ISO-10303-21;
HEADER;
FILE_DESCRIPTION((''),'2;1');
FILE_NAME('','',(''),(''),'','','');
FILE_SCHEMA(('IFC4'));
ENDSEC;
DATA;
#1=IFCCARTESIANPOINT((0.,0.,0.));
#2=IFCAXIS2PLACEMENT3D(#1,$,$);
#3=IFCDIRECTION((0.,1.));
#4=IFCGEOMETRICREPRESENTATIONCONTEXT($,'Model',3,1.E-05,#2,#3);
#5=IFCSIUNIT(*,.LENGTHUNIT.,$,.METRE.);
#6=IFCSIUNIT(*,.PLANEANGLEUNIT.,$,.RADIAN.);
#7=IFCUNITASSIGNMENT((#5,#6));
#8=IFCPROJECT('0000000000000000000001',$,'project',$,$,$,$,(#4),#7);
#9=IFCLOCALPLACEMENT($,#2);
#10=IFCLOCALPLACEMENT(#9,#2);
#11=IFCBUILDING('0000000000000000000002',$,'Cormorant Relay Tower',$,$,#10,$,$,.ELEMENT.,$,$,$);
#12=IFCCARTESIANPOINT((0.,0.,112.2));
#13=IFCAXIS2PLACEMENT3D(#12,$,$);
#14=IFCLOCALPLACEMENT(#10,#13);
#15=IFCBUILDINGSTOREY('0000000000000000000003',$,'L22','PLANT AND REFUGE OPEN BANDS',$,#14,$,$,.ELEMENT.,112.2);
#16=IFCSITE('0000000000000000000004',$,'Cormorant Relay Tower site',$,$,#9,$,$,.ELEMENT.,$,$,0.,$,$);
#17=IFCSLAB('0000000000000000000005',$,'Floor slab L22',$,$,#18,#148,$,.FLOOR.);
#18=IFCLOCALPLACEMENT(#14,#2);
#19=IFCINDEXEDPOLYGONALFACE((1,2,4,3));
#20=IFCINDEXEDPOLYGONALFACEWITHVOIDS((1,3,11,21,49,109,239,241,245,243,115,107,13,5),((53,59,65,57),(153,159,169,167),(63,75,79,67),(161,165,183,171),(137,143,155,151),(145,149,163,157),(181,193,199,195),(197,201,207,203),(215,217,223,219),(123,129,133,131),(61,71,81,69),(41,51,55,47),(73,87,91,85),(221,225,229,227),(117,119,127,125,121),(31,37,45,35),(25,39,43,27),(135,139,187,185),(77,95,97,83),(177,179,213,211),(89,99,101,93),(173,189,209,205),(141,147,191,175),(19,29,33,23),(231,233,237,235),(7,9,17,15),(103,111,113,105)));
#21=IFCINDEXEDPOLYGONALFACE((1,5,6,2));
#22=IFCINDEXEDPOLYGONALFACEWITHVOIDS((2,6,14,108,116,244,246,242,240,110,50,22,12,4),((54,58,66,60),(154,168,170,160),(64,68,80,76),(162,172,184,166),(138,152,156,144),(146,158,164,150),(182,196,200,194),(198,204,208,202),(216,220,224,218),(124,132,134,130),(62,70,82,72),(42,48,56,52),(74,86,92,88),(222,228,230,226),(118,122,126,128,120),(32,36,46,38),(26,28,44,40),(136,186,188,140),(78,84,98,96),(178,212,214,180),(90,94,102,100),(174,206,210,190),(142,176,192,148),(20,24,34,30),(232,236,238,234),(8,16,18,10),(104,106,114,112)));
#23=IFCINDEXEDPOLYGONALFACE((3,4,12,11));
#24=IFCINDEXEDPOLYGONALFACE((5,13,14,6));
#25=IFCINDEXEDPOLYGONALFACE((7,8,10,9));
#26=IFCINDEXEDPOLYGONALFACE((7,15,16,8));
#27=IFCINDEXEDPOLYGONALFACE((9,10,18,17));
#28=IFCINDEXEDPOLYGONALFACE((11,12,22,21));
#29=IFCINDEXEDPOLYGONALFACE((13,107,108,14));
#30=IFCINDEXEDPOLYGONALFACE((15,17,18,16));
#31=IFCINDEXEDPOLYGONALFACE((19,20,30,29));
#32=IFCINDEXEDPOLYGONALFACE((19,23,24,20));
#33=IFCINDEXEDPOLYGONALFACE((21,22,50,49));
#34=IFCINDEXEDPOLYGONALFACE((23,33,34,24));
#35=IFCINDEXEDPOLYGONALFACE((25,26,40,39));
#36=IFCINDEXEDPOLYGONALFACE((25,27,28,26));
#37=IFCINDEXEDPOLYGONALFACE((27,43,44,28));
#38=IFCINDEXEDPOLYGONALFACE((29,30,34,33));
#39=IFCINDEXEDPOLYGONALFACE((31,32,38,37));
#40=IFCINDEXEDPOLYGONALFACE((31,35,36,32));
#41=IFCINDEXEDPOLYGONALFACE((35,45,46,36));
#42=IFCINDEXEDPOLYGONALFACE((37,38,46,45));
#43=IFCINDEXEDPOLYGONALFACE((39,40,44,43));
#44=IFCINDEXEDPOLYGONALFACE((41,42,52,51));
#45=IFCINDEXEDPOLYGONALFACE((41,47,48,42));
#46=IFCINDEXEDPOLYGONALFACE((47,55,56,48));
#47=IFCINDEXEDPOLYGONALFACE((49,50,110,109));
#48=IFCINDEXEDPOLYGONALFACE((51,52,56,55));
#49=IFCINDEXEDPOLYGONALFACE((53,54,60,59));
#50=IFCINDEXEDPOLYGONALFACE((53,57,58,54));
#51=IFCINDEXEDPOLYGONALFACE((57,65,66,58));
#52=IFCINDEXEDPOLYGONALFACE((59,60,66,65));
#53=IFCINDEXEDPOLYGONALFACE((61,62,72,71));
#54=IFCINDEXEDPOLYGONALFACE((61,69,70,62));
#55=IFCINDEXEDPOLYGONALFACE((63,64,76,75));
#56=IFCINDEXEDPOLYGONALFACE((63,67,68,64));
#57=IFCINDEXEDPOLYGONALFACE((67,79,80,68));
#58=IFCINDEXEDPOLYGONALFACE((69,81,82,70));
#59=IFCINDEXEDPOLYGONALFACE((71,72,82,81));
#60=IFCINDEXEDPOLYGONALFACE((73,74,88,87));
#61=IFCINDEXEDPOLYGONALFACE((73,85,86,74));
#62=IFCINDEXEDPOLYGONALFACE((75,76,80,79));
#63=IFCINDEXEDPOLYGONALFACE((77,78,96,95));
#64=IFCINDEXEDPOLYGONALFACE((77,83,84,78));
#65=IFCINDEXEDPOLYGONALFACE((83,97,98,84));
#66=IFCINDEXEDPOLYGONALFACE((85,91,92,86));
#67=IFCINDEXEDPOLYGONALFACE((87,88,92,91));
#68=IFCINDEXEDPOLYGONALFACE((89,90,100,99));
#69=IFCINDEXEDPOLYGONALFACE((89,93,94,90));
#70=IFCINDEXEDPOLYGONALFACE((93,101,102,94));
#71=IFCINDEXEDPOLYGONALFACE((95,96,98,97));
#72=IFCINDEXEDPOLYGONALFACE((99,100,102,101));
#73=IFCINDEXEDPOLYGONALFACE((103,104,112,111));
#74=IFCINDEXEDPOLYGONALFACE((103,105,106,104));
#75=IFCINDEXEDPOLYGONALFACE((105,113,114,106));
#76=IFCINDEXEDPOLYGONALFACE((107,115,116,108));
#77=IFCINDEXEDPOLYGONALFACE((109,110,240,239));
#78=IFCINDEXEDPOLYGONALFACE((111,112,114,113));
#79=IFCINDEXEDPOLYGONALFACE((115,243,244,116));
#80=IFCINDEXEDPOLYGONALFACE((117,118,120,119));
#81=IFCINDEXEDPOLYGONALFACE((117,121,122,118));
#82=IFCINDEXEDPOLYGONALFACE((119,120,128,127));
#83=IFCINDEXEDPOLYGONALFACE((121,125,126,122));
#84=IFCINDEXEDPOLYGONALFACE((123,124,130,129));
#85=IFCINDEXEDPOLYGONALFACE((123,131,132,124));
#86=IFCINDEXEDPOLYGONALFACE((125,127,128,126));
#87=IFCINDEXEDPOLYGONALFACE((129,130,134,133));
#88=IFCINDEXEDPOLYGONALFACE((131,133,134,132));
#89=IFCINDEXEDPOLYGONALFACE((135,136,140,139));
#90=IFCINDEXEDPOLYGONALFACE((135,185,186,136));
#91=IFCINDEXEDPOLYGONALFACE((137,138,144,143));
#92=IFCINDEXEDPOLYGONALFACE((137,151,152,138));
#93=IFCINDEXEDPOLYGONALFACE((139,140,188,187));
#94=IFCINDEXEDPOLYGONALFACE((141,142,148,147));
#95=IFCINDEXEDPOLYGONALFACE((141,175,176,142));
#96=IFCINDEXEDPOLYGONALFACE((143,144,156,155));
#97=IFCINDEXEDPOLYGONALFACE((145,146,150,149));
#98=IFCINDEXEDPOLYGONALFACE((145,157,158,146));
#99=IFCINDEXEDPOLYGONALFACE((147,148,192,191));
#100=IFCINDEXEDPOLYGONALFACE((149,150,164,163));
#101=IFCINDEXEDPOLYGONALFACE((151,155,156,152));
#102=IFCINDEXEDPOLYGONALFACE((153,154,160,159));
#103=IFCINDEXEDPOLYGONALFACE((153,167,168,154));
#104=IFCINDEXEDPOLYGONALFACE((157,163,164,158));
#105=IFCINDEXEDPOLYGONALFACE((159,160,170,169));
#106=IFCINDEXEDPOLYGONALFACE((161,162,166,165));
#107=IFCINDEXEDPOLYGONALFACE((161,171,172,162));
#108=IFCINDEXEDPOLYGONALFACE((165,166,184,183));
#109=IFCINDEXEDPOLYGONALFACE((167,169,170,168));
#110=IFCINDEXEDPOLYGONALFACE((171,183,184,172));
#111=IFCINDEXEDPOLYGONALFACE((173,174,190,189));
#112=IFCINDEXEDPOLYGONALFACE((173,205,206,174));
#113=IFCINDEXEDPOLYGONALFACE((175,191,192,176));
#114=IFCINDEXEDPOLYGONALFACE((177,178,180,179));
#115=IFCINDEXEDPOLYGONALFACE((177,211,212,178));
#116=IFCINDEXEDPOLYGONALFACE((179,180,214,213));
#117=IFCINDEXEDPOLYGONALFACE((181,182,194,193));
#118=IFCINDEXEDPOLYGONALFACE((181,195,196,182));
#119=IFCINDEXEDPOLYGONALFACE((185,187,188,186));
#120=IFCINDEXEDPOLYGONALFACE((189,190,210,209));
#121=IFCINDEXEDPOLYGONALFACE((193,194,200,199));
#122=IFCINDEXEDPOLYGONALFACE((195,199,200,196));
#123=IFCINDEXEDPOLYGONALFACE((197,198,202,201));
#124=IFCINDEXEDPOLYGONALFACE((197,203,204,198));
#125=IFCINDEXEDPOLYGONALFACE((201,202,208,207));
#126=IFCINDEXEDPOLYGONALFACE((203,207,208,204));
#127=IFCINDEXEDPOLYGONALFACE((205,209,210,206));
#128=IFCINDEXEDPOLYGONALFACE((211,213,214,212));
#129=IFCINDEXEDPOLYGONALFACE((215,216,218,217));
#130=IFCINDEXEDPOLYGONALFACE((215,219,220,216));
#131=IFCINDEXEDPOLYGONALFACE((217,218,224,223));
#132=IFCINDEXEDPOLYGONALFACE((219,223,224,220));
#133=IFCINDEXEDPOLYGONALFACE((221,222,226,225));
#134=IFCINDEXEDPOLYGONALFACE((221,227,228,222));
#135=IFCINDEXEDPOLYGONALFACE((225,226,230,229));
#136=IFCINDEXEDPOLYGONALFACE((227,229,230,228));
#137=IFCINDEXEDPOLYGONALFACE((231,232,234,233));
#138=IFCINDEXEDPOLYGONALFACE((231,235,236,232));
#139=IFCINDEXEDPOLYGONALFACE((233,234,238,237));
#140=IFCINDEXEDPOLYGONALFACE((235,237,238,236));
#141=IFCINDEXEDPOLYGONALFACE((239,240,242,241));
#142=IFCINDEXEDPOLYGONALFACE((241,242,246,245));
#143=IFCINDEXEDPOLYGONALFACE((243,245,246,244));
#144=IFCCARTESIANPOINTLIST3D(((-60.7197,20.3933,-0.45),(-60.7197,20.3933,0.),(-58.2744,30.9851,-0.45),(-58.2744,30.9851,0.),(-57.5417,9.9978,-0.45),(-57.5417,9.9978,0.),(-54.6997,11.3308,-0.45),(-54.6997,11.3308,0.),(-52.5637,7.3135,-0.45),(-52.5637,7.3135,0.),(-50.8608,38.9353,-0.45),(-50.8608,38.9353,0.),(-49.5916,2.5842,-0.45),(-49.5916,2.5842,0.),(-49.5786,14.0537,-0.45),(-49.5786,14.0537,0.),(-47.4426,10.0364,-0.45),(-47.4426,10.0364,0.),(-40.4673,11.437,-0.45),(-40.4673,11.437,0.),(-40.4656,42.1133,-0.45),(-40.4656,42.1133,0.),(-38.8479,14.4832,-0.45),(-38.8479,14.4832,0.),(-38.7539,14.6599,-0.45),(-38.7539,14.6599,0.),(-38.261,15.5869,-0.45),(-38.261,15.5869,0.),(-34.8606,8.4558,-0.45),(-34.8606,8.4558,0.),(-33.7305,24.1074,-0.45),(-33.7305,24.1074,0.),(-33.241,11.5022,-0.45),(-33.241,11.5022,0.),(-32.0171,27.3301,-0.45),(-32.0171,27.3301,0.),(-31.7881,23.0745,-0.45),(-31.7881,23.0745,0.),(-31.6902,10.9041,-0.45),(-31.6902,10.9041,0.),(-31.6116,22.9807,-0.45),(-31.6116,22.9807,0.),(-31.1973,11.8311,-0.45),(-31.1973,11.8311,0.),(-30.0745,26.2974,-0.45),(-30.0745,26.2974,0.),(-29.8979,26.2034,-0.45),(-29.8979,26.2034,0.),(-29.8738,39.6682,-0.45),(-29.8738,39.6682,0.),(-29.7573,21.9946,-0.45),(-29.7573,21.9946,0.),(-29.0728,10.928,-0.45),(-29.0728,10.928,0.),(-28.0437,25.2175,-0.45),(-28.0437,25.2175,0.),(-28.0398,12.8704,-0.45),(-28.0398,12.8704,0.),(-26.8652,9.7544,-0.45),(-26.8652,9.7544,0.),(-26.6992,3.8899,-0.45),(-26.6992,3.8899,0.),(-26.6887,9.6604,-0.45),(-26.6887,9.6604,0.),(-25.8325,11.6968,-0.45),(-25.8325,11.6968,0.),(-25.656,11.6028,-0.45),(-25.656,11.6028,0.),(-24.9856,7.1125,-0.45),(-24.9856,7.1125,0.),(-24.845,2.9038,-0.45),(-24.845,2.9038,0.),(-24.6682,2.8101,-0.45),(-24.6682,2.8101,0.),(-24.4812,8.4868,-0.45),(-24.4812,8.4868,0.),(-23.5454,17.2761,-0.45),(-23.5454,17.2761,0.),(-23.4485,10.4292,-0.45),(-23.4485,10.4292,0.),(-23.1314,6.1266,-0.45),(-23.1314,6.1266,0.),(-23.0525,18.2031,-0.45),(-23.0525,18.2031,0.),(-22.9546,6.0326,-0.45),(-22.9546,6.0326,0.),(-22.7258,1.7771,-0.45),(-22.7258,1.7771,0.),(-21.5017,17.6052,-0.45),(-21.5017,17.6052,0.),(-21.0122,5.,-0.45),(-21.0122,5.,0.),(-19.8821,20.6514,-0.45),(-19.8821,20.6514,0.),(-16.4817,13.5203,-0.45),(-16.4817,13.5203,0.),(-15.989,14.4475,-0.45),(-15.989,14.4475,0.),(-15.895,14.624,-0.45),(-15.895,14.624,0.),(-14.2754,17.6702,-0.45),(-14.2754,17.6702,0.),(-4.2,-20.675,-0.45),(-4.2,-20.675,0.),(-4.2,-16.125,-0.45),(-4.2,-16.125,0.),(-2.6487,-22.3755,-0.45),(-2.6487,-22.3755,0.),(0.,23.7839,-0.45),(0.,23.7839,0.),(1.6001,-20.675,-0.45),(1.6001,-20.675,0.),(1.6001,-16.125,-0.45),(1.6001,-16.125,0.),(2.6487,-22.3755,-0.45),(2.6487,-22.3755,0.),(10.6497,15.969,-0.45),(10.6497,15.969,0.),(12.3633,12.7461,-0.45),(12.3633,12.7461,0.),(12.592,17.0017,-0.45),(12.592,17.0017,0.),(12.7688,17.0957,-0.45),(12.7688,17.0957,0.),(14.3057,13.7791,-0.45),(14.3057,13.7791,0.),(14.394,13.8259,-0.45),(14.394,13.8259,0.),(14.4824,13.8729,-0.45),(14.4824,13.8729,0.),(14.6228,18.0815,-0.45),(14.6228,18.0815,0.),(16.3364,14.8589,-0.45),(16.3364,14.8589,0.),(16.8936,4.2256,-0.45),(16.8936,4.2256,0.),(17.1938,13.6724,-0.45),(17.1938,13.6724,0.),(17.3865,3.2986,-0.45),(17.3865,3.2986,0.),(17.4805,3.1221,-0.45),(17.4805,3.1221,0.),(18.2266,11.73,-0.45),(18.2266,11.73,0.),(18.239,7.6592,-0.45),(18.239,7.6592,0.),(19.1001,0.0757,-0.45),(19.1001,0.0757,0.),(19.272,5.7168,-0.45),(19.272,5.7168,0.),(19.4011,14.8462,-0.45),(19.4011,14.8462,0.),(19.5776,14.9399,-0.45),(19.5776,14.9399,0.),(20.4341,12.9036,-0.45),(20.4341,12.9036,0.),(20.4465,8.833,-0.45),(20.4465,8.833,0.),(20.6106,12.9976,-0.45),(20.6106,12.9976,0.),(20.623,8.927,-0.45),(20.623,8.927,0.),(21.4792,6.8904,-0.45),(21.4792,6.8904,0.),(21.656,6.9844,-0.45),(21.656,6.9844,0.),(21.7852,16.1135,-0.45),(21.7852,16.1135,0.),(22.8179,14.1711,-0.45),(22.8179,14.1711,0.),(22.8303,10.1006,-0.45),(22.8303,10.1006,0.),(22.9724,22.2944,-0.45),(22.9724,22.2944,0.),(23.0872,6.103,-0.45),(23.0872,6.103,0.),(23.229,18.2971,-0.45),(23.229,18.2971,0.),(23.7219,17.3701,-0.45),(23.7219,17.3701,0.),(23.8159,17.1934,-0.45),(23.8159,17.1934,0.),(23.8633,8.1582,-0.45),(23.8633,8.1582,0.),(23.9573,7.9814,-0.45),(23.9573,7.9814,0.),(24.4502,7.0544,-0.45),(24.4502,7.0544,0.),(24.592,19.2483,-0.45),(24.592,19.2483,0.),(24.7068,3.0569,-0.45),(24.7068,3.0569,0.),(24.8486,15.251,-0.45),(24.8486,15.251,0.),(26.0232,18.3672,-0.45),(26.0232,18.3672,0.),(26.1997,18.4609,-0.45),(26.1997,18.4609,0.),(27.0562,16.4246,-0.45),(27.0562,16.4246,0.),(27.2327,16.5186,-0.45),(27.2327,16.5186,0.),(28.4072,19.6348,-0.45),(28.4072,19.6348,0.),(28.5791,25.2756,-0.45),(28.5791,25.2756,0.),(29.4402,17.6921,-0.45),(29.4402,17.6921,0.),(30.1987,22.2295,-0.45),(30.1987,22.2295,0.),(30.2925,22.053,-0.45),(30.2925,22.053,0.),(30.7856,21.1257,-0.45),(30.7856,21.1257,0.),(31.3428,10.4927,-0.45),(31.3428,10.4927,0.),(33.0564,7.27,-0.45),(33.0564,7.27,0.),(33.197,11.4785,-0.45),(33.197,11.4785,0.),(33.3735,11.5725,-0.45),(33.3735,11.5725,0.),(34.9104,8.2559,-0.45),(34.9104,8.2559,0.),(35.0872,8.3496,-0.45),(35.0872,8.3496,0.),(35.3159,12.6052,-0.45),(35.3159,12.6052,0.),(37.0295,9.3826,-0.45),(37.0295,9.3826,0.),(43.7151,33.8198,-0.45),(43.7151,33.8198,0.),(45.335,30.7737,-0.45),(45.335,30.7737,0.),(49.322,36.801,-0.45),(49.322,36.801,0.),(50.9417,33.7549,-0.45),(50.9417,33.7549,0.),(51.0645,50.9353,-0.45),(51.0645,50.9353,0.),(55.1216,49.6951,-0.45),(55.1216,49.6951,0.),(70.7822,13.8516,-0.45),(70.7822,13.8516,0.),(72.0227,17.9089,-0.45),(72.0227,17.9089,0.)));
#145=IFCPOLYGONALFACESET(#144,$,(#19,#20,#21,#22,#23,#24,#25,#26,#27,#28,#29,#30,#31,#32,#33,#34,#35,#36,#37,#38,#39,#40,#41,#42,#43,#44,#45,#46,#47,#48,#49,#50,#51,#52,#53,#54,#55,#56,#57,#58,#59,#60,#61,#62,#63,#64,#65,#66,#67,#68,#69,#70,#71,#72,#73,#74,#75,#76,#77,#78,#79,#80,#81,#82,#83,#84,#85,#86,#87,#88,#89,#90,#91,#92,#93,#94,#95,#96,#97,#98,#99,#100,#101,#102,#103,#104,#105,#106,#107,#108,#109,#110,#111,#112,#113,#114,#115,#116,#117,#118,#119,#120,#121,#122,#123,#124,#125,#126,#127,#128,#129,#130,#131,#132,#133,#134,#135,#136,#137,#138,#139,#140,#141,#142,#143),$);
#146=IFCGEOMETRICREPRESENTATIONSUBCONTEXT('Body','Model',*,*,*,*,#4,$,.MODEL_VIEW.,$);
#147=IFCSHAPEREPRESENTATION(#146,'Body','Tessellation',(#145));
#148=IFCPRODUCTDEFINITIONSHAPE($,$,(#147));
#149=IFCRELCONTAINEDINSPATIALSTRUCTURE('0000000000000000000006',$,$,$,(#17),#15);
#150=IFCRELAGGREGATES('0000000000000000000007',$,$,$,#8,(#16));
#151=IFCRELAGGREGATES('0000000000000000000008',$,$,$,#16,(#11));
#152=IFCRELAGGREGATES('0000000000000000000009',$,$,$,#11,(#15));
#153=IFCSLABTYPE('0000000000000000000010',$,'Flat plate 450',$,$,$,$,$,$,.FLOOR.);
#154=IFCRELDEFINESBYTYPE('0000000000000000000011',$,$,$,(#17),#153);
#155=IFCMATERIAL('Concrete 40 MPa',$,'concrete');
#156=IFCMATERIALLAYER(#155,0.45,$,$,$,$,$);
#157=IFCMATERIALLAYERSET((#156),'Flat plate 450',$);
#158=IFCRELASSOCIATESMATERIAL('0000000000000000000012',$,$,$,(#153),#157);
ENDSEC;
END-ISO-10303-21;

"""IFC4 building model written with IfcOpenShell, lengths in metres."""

from ifc_helpers import new_model, si_unit, direction, frame, origin, place, context, subcontext, project, spatial, polyline, outline, extrude, material, layer, layer_set, type_object, element, save


model = new_model("IFC4")

# Units and contexts
model_context = context("Model", 3, precision=1e-05, world=origin(), true_north=direction((0.0, 1.0)))
body_context = subcontext(model_context, "Body", "Model", "MODEL_VIEW")
ifc_project = project(units=[si_unit("LENGTHUNIT", "METRE"), si_unit("PLANEANGLEUNIT", "RADIAN")], contexts=[model_context])

# Site, building, storey
site_placement = place(None, origin())
site = spatial("IfcSite", under=ifc_project, at=site_placement, Name="Cormorant Relay Tower site", CompositionType="ELEMENT", RefElevation=0.0)
building_placement = place(site_placement, origin())
building = spatial("IfcBuilding", under=site, at=building_placement, Name="Cormorant Relay Tower", CompositionType="ELEMENT")
storey_placement = place(building_placement, frame((0.0, 0.0, 112.2)))
storey = spatial("IfcBuildingStorey", under=building, at=storey_placement, Name="L22", Description="PLANT AND REFUGE OPEN BANDS", CompositionType="ELEMENT", Elevation=112.2)

# Slab
ifc_material_1 = material(Name="Concrete 40 MPa", Category="concrete")
ifc_layer_1 = layer(ifc_material_1, 0.45)
ifc_layer_set_1 = layer_set([ifc_layer_1], Name="Flat plate 450")
slab_type_1 = type_object("IfcSlabType", Name="Flat plate 450", PredefinedType="FLOOR", material=ifc_layer_set_1)
slab_1_placement = place(storey_placement, frame((0.0, 0.0, -0.45)))
element("IfcSlab", 1, at=slab_1_placement, inside=storey, type_object=slab_type_1, Name="Floor slab L22", PredefinedType="FLOOR", context=body_context, shape_type="SweptSolid", body=[
    extrude(outline(polyline([(-57.5417, 9.9978), (-60.7197, 20.3933), (-58.2744, 30.9851), (-50.8608, 38.9353), (-40.4656, 42.1133), (-29.8738, 39.6682), (0.0, 23.7839), (51.0645, 50.9353), (55.1216, 49.6951), (72.0227, 17.9089), (70.7822, 13.8516), (2.6487, -22.3755), (-2.6487, -22.3755), (-49.5916, 2.5842), (-57.5417, 9.9978)]), holes=[polyline([(-4.2, -16.125), (-4.2, -20.675), (1.6001, -20.675), (1.6001, -16.125), (-4.2, -16.125)]), polyline([(-22.9546, 6.0327), (-24.6682, 2.8101), (-22.7258, 1.7771), (-21.0122, 5.0), (-23.043, 6.0796), (-22.9546, 6.0327)]), polyline([(-24.9856, 7.1125), (-26.6992, 3.8899), (-24.845, 2.9038), (-23.1313, 6.1267), (-23.043, 6.0796), (-24.9856, 7.1125)]), polyline([(-26.6887, 9.6604), (-24.4812, 8.4868), (-23.4485, 10.4292), (-25.656, 11.6028), (-26.6887, 9.6604)]), polyline([(-49.5786, 14.0537), (-54.6997, 11.3308), (-52.5637, 7.3135), (-47.4426, 10.0364), (-49.5786, 14.0537)]), polyline([(-28.0398, 12.8704), (-29.0728, 10.928), (-26.8652, 9.7544), (-25.8325, 11.6968), (-28.0398, 12.8704)]), polyline([(-38.8479, 14.4832), (-40.4673, 11.437), (-34.8606, 8.4558), (-33.241, 11.5022), (-38.8479, 14.4832)]), polyline([(-38.261, 15.5869), (-38.7539, 14.6599), (-31.6902, 10.9041), (-31.1973, 11.8311), (-38.261, 15.5869)]), polyline([(14.3057, 13.7791), (12.592, 17.0017), (10.6497, 15.969), (12.3633, 12.7461), (14.394, 13.8259), (14.3057, 13.7791)]), polyline([(16.3364, 14.8589), (14.6228, 18.0815), (12.7688, 17.0957), (14.4824, 13.8728), (14.394, 13.8259), (16.3364, 14.8589)]), polyline([(-16.4817, 13.5203), (-15.989, 14.4475), (-23.0525, 18.2031), (-23.5454, 17.2761), (-16.4817, 13.5203)]), polyline([(-21.5017, 17.6052), (-15.895, 14.624), (-14.2754, 17.6702), (-19.8821, 20.6514), (-21.5017, 17.6052)]), polyline([(-31.6116, 22.9807), (-29.7573, 21.9946), (-28.0437, 25.2175), (-29.8979, 26.2034), (-31.6116, 22.9807)]), polyline([(-33.7305, 24.1074), (-31.7881, 23.0745), (-30.0745, 26.2974), (-32.0171, 27.3301), (-33.7305, 24.1074)]), polyline([(23.0872, 6.103), (17.4805, 3.1221), (19.1001, 0.0757), (24.7068, 3.0569), (23.0872, 6.103)]), polyline([(16.8936, 4.2256), (17.3865, 3.2986), (24.4502, 7.0544), (23.9573, 7.9814), (16.8936, 4.2256)]), polyline([(20.4465, 8.833), (18.239, 7.6592), (19.272, 5.7168), (21.4792, 6.8904), (20.4465, 8.833)]), polyline([(22.8303, 10.1006), (20.623, 8.927), (21.656, 6.9844), (23.8633, 8.1582), (22.8303, 10.1006)]), polyline([(33.197, 11.4785), (31.3428, 10.4927), (33.0564, 7.27), (34.9104, 8.2559), (33.197, 11.4785)]), polyline([(33.3735, 11.5725), (35.0872, 8.3496), (37.0295, 9.3826), (35.3159, 12.6052), (33.3735, 11.5725)]), polyline([(19.4011, 14.8462), (17.1938, 13.6724), (18.2266, 11.73), (20.4341, 12.9036), (19.4011, 14.8462)]), polyline([(22.8179, 14.1711), (21.7852, 16.1135), (19.5776, 14.9399), (20.6106, 12.9976), (22.8179, 14.1711)]), polyline([(26.0232, 18.3672), (23.8159, 17.1934), (24.8486, 15.251), (27.0562, 16.4246), (26.0232, 18.3672)]), polyline([(29.4402, 17.6921), (28.4072, 19.6348), (26.1997, 18.4609), (27.2327, 16.5186), (29.4402, 17.6921)]), polyline([(30.7856, 21.1257), (30.2925, 22.053), (23.229, 18.2971), (23.7219, 17.3701), (30.7856, 21.1257)]), polyline([(24.592, 19.2483), (30.1987, 22.2295), (28.5791, 25.2756), (22.9724, 22.2944), (24.592, 19.2483)]), polyline([(45.335, 30.7737), (50.9417, 33.7549), (49.322, 36.801), (43.7151, 33.8198), (45.335, 30.7737)])]), origin(), (0.0, 0.0, 1.0), 0.45),
])

save(model, "model.ifc")
